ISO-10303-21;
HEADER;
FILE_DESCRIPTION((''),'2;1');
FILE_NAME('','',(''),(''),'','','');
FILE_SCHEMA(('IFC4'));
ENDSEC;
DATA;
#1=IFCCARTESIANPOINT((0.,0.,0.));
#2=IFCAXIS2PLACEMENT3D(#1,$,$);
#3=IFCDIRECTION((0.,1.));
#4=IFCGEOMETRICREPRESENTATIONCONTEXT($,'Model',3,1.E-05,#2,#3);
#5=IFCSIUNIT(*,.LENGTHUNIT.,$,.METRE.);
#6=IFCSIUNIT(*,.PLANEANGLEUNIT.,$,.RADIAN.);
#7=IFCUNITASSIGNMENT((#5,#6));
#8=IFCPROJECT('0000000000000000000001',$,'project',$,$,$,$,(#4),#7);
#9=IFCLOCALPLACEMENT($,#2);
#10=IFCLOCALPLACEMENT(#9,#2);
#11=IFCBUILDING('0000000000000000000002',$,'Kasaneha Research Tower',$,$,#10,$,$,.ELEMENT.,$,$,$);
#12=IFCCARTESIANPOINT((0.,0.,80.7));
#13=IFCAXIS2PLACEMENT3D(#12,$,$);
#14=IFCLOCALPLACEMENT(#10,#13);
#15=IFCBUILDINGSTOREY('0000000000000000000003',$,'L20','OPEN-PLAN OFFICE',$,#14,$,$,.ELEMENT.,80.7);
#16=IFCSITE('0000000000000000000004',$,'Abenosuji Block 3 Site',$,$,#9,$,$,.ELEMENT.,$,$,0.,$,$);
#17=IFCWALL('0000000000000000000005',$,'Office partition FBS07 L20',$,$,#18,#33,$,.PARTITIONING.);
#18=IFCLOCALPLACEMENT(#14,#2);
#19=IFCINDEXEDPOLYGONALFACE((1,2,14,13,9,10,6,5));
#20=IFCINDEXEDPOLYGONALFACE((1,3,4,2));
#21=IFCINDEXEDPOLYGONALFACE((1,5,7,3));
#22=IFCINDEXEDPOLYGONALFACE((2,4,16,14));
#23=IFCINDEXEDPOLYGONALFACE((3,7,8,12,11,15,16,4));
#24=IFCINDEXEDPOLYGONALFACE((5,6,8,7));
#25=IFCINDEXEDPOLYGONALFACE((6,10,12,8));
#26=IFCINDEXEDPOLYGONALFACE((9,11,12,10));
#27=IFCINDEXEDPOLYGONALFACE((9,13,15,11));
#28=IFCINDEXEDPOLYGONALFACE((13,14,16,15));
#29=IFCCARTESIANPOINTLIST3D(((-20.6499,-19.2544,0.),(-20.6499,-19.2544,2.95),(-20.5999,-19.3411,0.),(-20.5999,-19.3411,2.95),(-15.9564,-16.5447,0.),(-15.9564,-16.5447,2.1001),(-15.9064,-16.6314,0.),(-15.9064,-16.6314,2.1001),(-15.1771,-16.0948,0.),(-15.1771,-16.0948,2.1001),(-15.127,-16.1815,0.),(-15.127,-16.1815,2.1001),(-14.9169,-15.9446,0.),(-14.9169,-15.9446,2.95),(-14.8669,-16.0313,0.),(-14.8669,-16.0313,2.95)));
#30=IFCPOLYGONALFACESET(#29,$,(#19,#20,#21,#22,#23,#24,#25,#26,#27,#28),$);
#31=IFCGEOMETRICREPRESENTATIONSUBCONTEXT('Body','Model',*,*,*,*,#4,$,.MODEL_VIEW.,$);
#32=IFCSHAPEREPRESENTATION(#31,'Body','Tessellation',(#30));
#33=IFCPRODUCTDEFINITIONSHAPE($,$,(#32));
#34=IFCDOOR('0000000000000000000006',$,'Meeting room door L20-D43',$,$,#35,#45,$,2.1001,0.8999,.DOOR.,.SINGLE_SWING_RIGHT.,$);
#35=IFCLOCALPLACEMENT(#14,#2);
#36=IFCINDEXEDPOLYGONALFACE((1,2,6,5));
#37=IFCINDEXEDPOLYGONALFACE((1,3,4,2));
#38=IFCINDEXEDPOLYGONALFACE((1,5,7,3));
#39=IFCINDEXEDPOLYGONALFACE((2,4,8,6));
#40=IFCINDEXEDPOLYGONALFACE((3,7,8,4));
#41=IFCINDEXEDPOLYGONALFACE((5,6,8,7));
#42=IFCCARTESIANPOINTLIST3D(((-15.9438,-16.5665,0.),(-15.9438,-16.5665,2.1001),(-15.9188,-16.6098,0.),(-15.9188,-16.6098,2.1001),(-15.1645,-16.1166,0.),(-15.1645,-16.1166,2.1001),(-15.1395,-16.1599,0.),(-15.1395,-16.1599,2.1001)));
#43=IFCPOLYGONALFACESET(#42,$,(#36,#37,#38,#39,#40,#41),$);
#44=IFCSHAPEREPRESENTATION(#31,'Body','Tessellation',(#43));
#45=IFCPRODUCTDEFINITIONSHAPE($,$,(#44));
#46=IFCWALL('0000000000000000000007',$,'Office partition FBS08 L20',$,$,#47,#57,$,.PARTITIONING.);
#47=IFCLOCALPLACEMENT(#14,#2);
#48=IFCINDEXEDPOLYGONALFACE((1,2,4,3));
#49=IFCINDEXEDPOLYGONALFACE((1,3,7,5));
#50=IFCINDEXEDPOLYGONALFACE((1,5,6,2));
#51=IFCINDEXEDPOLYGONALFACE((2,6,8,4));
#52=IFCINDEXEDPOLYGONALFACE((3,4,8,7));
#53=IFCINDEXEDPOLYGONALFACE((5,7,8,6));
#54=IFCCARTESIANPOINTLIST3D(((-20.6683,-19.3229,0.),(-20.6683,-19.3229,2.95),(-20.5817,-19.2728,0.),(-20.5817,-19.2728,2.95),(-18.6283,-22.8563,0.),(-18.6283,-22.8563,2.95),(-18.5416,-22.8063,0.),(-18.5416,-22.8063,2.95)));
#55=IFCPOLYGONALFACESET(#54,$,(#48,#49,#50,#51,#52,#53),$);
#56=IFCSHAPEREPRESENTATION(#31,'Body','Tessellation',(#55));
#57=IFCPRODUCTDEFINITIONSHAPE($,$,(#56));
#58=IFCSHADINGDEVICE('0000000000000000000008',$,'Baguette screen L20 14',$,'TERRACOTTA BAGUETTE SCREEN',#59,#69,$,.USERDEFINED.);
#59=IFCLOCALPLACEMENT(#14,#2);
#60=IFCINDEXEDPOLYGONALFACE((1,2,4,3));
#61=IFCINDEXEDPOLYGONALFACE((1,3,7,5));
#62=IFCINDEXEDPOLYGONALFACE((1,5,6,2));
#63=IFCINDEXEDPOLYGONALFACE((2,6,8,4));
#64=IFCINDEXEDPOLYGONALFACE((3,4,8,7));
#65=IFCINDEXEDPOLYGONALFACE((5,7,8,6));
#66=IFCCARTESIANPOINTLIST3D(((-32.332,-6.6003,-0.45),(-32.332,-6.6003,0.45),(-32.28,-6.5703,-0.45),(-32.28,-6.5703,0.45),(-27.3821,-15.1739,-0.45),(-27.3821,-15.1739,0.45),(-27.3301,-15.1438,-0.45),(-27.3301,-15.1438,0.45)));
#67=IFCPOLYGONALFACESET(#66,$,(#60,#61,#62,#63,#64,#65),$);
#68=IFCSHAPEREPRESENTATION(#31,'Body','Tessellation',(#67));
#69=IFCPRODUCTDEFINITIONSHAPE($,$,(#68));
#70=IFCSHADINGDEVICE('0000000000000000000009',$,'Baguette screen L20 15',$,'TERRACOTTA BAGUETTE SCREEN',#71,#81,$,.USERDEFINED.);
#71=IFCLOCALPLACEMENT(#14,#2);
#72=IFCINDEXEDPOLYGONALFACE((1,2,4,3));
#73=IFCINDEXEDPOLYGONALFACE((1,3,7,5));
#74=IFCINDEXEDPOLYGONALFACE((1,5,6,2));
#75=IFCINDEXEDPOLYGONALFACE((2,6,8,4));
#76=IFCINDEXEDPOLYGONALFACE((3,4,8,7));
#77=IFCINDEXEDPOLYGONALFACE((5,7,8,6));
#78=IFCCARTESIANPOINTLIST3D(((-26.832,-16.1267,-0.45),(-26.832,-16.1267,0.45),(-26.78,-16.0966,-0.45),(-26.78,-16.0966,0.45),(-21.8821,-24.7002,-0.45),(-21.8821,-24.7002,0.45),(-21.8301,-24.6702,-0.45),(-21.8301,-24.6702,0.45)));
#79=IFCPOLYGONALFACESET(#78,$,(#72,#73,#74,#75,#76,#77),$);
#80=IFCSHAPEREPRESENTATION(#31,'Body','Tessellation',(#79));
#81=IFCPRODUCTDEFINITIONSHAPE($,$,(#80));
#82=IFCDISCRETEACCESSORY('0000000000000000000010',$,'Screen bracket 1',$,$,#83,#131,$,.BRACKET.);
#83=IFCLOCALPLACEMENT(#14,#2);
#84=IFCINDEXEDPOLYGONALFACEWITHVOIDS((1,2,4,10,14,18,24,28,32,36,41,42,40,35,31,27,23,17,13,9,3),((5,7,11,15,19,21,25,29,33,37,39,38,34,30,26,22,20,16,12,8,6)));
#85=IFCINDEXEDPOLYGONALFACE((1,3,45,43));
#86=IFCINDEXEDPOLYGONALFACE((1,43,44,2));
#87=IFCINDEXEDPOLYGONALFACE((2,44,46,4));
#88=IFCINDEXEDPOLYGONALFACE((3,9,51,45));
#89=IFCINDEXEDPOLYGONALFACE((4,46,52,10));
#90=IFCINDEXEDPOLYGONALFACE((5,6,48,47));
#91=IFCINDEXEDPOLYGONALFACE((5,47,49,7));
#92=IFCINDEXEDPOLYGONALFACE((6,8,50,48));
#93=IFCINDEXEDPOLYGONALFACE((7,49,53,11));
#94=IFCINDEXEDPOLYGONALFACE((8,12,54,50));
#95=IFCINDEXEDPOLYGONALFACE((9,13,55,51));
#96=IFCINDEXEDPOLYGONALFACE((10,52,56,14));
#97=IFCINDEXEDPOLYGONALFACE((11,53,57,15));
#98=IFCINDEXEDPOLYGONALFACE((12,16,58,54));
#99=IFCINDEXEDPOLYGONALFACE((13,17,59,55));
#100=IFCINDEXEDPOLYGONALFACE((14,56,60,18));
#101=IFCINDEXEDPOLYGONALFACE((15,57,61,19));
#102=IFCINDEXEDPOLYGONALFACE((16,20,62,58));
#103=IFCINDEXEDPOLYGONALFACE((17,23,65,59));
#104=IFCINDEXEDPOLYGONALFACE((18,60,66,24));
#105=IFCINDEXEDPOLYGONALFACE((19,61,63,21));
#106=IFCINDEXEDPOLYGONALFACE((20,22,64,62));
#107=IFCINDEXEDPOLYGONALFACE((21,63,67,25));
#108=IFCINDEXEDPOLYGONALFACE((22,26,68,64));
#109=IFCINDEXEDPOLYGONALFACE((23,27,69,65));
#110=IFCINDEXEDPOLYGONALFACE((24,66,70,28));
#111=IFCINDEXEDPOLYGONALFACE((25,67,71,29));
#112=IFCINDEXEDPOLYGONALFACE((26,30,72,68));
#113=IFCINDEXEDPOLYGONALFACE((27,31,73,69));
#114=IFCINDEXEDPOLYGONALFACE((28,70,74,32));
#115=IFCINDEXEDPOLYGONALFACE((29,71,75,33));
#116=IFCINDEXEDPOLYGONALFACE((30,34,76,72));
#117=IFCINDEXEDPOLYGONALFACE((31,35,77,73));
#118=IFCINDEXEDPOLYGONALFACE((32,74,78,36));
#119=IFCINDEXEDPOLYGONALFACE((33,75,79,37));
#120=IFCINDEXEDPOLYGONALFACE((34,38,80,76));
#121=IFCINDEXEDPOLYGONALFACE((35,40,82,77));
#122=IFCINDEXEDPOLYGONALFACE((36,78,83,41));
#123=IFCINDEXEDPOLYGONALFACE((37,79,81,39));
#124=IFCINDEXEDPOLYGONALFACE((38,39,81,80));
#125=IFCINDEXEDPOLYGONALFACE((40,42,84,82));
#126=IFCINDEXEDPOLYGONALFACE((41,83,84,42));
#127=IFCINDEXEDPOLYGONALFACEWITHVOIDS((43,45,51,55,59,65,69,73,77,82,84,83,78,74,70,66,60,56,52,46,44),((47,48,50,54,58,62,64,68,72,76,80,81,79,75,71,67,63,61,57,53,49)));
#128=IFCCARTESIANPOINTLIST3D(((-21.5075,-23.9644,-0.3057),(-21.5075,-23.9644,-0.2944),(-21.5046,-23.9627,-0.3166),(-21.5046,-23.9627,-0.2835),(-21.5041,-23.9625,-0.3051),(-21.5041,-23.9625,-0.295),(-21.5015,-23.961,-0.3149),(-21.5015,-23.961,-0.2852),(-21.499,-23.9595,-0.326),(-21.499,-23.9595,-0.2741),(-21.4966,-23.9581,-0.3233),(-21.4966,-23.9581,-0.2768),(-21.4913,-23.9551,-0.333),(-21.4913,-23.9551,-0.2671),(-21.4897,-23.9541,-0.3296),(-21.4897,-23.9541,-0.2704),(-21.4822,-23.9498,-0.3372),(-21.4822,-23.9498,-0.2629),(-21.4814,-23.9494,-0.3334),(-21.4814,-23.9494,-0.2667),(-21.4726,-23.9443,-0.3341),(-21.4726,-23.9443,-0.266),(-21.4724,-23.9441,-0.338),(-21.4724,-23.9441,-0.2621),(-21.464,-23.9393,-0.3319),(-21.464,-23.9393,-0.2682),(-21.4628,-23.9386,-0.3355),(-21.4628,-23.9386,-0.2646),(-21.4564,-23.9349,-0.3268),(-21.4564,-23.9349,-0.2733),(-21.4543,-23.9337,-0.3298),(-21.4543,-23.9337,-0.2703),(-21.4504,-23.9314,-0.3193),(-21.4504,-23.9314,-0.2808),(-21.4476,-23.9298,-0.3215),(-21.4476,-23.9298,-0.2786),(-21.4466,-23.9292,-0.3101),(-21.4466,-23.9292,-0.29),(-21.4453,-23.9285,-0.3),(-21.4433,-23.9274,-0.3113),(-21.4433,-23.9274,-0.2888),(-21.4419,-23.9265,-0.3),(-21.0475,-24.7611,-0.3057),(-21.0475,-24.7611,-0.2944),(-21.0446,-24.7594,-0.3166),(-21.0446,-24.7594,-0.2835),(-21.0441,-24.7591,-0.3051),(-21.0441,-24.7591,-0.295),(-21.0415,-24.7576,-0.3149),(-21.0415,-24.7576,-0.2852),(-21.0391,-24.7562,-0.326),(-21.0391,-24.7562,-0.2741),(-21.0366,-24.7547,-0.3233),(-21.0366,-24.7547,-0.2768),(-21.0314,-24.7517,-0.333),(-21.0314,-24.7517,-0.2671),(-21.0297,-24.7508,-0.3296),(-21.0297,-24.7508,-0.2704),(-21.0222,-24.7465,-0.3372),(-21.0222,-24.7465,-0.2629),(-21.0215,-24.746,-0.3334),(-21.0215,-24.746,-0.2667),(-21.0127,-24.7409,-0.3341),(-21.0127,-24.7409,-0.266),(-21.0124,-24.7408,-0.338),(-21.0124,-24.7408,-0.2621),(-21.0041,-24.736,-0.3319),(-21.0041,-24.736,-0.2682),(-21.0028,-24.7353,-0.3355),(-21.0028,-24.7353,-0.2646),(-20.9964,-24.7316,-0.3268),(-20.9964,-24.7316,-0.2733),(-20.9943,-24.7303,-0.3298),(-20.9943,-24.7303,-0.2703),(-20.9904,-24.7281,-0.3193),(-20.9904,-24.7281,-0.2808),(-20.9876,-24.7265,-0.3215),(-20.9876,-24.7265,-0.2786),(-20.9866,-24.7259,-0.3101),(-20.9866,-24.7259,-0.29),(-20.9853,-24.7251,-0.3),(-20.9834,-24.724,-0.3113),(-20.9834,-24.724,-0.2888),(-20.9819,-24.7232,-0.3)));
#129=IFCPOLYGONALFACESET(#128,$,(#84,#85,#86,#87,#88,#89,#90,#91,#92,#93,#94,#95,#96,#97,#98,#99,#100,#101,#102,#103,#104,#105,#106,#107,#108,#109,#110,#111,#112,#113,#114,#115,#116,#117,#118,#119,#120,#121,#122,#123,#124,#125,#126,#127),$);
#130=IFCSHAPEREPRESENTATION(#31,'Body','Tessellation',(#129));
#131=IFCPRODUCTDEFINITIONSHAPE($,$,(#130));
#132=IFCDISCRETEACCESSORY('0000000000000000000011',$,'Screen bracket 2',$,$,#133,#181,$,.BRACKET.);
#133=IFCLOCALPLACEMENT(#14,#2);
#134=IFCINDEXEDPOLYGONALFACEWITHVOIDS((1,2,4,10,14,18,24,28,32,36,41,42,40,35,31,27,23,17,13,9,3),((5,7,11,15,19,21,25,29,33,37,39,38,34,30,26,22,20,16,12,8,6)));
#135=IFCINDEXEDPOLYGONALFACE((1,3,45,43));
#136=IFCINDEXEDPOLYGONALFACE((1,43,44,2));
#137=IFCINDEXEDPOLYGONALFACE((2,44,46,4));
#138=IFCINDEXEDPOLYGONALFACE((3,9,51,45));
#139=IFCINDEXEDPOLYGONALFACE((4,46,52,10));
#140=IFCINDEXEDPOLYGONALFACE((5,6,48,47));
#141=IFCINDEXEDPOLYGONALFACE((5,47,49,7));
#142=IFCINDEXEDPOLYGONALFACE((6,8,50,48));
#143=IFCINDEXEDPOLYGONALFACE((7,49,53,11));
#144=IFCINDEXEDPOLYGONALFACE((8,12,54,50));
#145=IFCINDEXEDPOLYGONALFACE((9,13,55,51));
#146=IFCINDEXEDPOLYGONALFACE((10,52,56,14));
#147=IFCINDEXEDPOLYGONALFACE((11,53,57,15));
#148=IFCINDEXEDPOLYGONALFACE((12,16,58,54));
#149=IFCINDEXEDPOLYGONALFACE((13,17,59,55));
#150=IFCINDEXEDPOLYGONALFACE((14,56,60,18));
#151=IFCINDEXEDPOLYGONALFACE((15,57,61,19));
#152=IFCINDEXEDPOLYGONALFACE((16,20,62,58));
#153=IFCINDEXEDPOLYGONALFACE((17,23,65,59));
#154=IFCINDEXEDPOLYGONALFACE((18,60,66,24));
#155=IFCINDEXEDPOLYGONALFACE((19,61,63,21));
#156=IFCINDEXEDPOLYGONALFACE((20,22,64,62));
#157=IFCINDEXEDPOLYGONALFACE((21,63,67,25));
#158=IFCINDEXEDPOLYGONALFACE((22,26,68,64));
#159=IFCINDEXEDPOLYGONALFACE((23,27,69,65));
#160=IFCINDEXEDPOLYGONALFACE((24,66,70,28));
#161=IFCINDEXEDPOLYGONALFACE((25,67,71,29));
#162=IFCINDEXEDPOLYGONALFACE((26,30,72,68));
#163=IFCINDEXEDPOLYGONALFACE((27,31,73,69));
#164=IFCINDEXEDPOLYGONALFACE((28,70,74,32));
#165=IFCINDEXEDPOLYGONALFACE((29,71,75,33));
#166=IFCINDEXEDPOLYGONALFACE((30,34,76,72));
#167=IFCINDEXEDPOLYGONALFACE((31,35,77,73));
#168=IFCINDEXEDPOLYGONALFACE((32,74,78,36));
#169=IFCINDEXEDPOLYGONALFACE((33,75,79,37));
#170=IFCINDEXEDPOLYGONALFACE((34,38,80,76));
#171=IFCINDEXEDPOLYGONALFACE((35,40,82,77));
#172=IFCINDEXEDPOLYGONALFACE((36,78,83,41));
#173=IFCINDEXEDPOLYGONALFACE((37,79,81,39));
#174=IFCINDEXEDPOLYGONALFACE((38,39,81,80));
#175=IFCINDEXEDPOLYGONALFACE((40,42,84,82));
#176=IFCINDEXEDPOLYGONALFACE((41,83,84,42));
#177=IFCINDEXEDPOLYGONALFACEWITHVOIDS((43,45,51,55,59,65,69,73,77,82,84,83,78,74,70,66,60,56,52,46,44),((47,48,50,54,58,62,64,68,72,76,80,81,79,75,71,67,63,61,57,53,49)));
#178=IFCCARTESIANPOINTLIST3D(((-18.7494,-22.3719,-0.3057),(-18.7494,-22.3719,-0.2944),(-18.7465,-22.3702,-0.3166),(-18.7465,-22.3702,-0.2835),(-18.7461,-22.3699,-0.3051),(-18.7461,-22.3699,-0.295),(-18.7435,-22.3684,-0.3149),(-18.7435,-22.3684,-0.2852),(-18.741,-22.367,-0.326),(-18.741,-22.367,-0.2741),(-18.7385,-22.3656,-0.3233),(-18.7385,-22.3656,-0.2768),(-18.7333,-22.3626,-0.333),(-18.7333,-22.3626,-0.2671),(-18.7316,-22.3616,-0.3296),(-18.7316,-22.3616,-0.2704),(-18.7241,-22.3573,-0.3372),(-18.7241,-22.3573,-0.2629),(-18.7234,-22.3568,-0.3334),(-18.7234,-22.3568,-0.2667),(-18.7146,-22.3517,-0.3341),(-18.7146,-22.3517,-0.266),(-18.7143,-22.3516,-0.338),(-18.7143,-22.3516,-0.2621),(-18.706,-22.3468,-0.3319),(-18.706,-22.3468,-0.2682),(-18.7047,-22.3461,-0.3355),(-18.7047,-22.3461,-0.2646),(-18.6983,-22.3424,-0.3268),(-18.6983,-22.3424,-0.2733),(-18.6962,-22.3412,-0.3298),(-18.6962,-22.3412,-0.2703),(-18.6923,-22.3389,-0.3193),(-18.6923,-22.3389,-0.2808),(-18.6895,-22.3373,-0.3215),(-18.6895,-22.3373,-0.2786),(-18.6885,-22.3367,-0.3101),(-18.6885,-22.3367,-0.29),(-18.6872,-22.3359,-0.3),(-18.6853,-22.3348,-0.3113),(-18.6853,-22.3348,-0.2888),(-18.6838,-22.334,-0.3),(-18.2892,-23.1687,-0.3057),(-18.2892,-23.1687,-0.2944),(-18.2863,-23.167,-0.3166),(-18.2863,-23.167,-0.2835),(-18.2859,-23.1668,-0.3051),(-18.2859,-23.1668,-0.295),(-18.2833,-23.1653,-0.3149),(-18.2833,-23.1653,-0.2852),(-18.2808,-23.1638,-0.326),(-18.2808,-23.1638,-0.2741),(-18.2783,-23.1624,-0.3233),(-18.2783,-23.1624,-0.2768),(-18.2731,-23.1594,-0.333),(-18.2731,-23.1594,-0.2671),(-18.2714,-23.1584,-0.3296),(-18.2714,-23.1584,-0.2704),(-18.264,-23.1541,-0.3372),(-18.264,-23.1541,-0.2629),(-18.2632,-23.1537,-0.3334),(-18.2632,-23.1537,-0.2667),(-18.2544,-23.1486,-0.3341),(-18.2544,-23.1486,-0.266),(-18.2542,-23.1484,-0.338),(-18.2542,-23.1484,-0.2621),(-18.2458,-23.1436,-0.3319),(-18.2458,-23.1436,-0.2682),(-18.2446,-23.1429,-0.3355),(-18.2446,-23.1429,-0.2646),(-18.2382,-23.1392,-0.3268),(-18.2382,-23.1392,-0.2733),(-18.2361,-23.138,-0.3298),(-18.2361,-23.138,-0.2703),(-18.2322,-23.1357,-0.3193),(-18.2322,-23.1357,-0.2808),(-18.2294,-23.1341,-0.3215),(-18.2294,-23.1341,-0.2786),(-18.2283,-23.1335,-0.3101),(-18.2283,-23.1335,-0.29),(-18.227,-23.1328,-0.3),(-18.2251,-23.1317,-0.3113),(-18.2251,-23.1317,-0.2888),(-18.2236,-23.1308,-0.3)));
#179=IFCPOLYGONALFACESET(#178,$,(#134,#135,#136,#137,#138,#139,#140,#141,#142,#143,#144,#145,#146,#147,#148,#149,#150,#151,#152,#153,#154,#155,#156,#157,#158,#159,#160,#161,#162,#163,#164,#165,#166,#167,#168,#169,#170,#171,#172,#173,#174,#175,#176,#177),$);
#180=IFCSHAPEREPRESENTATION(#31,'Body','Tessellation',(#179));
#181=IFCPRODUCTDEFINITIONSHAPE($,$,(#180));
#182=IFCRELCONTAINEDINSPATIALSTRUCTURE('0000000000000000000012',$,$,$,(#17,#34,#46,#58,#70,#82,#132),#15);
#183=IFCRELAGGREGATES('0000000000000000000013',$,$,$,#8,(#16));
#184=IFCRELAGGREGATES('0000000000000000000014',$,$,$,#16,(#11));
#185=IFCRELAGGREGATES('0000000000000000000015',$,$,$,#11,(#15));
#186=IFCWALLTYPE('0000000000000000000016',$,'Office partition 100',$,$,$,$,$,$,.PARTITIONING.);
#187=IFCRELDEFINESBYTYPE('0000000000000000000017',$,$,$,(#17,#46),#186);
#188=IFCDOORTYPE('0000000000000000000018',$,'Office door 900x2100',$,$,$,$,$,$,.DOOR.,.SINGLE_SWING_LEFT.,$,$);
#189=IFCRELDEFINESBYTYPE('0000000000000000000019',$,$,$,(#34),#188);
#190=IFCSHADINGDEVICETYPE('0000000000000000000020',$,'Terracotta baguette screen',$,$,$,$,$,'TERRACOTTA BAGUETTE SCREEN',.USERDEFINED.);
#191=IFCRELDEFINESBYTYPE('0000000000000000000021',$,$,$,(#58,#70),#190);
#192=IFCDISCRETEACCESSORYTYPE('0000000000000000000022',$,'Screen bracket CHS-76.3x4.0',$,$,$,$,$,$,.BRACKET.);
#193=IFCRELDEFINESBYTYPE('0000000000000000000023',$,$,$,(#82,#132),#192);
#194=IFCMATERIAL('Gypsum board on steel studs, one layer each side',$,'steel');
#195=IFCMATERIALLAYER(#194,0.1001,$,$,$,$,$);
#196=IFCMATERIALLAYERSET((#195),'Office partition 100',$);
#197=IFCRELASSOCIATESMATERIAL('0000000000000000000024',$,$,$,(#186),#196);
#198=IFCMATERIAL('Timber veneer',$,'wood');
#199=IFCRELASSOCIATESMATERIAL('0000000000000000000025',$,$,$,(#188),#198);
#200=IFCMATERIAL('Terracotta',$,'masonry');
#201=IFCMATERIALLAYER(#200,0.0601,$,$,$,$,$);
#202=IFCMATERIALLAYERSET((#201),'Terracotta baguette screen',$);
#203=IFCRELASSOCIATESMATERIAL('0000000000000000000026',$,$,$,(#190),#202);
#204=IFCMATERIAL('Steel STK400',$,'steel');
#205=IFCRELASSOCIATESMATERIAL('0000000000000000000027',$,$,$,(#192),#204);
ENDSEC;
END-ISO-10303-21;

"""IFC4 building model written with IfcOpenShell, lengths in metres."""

from ifc_helpers import new_model, si_unit, direction, frame, frame_2d, origin, origin_2d, place, context, subcontext, project, spatial, rectangle, hollow_circle, extrude, material, layer, layer_set, material_profile, profile_set, type_object, element, fill, save


model = new_model("IFC4")

# Units and contexts
model_context = context("Model", 3, precision=1e-05, world=origin(), true_north=direction((0.0, 1.0)))
body_context = subcontext(model_context, "Body", "Model", "MODEL_VIEW")
ifc_project = project(units=[si_unit("LENGTHUNIT", "METRE"), si_unit("PLANEANGLEUNIT", "RADIAN")], contexts=[model_context])

# Site, building, storey
site_placement = place(None, origin())
site = spatial("IfcSite", under=ifc_project, at=site_placement, Name="Abenosuji Block 3 Site", CompositionType="ELEMENT", RefElevation=0.0)
building_placement = place(site_placement, origin())
building = spatial("IfcBuilding", under=site, at=building_placement, Name="Kasaneha Research Tower", CompositionType="ELEMENT")
storey_placement = place(building_placement, frame((0.0, 0.0, 80.7)))
storey = spatial("IfcBuildingStorey", under=building, at=storey_placement, Name="L20", Description="OPEN-PLAN OFFICE", CompositionType="ELEMENT", Elevation=80.7)

# Shared definitions
ifc_material_1 = material(Name="Gypsum board on steel studs, one layer each side", Category="steel")
ifc_layer_1 = layer(ifc_material_1, 0.1001)
ifc_layer_set_1 = layer_set([ifc_layer_1], Name="Office partition 100")
wall_type = type_object("IfcWallType", Name="Office partition 100", PredefinedType="PARTITIONING", material=ifc_layer_set_1)

# Wall, opening, door
ifc_material_2 = material(Name="Timber veneer", Category="wood")
door_type = type_object("IfcDoorType", Name="Office door 900x2100", OperationType="SINGLE_SWING_LEFT", PredefinedType="DOOR", material=ifc_material_2)
wall_1_placement = place(storey_placement, frame((-20.625, -19.2979, 0.0), z_axis=(0.0, 0.0, 1.0), x_axis=(0.866031, 0.499991, 0.0)))
wall_1 = element("IfcWall", 1, at=wall_1_placement, inside=storey, type_object=wall_type, Name="Office partition FBS07 L20", PredefinedType="PARTITIONING", context=body_context, shape_type="SweptSolid", body=[
    extrude(rectangle(XDim=6.6199, YDim=0.1001, at=frame_2d((3.3101, 0.0))), origin(), (0.0, 0.0, 1.0), 2.95),
])
opening_1_placement = place(wall_1_placement, frame((5.4197, 0.0, 0.0)))
opening_1 = element("IfcOpeningElement", 2, at=opening_1_placement, cuts=wall_1, PredefinedType="OPENING", context=body_context, shape_type="SweptSolid", body=[
    extrude(rectangle(XDim=0.8999, YDim=2.1001, at=frame_2d((0.45, 1.05))), frame((0.0, 0.0601, 0.0), z_axis=(0.0, -1.0, 0.0), x_axis=(1.0, 0.0, 0.0)), (0.0, 0.0, 1.0), 0.1201),
])
door_1_placement = place(opening_1_placement, origin())
door_1 = element("IfcDoor", 3, at=door_1_placement, inside=storey, type_object=door_type, Name="Meeting room door L20-D43", OperationType="SINGLE_SWING_RIGHT", OverallHeight=2.1001, OverallWidth=0.8999, PredefinedType="DOOR", context=body_context, shape_type="SweptSolid", body=[
    extrude(rectangle(XDim=0.8999, YDim=2.1001, at=frame_2d((0.45, 1.05))), frame((0.0, 0.0249, 0.0), z_axis=(0.0, -1.0, 0.0), x_axis=(1.0, 0.0, 0.0)), (0.0, 0.0, 1.0), 0.05),
])
fill(opening_1, door_1)

# Wall
wall_2_placement = place(storey_placement, frame((-18.585, -22.8313, 0.0), z_axis=(0.0, 0.0, 1.0), x_axis=(-0.5, 0.866025, 0.0)))
element("IfcWall", 4, at=wall_2_placement, inside=storey, type_object=wall_type, Name="Office partition FBS08 L20", PredefinedType="PARTITIONING", context=body_context, shape_type="SweptSolid", body=[
    extrude(rectangle(XDim=4.0801, YDim=0.1001, at=frame_2d((2.04, 0.0))), origin(), (0.0, 0.0, 1.0), 2.95),
])

# Shading devices
ifc_material_3 = material(Name="Terracotta", Category="masonry")
ifc_layer_2 = layer(ifc_material_3, 0.0601)
ifc_layer_set_2 = layer_set([ifc_layer_2], Name="Terracotta baguette screen")
shading_device_type = type_object("IfcShadingDeviceType", Name="Terracotta baguette screen", ElementType="TERRACOTTA BAGUETTE SCREEN", PredefinedType="USERDEFINED", material=ifc_layer_set_2)
for number, where, z_axis, x_axis, name in (
    (5, (-29.8311, -10.8721, -0.45), (0.0, 0.0, 1.0), (0.5, -0.866025, 0.0), "Baguette screen L20 14"),
    (6, (-24.3311, -20.3984, -0.45), (0.0, 0.0, 1.0), (0.5, -0.866025, 0.0), "Baguette screen L20 15"),
):
    element("IfcShadingDevice", number, at=place(storey_placement, frame(where, z_axis=z_axis, x_axis=x_axis)), inside=storey, type_object=shading_device_type, Name=name, ObjectType="TERRACOTTA BAGUETTE SCREEN", PredefinedType="USERDEFINED", context=body_context, shape_type="SweptSolid", body=[
        extrude(rectangle(XDim=9.8999, YDim=0.0601, at=origin_2d()), origin(), (0.0, 0.0, 1.0), 0.8999),
    ])

# Discrete accessories
ifc_material_4 = material(Name="Steel STK400", Category="steel")
ifc_material_profile_1 = material_profile(ifc_material_4, hollow_circle(Radius=0.0381, WallThickness=0.0039, at=origin_2d()), Name="CHS-76.3x4.0")
ifc_profile_set_1 = profile_set([ifc_material_profile_1], Name="Steel STK400")
discrete_accessory_type = type_object("IfcDiscreteAccessoryType", Name="Screen bracket CHS-76.3x4.0", PredefinedType="BRACKET", material=ifc_profile_set_1)
discrete_accessory_1_placement = place(storey_placement, frame((-21.4749, -23.9456, -0.3), z_axis=(0.500021, -0.866013, 0.0), x_axis=(0.866013, 0.500021, 0.0)))
element("IfcDiscreteAccessory", 7, at=discrete_accessory_1_placement, inside=storey, type_object=discrete_accessory_type, Name="Screen bracket 1", PredefinedType="BRACKET", context=body_context, shape_type="SweptSolid", body=[
    extrude(hollow_circle(Radius=0.0381, WallThickness=0.0039, at=origin_2d()), origin(), (0.0, 0.0, 1.0), 0.9199),
])
for number, where, z_axis, x_axis, name in (
    (8, (-18.7168, -22.353, -0.3), (0.500105, -0.865965, 0.0), (0.865965, 0.500105, 0.0), "Screen bracket 2"),
):
    element("IfcDiscreteAccessory", number, at=place(storey_placement, frame(where, z_axis=z_axis, x_axis=x_axis)), inside=storey, type_object=discrete_accessory_type, Name=name, PredefinedType="BRACKET", context=body_context, shape_type="SweptSolid", body=[
        extrude(hollow_circle(Radius=0.0381, WallThickness=0.0039, at=origin_2d()), origin(), (0.0, 0.0, 1.0), 0.9202),
    ])

save(model, "model.ifc")
